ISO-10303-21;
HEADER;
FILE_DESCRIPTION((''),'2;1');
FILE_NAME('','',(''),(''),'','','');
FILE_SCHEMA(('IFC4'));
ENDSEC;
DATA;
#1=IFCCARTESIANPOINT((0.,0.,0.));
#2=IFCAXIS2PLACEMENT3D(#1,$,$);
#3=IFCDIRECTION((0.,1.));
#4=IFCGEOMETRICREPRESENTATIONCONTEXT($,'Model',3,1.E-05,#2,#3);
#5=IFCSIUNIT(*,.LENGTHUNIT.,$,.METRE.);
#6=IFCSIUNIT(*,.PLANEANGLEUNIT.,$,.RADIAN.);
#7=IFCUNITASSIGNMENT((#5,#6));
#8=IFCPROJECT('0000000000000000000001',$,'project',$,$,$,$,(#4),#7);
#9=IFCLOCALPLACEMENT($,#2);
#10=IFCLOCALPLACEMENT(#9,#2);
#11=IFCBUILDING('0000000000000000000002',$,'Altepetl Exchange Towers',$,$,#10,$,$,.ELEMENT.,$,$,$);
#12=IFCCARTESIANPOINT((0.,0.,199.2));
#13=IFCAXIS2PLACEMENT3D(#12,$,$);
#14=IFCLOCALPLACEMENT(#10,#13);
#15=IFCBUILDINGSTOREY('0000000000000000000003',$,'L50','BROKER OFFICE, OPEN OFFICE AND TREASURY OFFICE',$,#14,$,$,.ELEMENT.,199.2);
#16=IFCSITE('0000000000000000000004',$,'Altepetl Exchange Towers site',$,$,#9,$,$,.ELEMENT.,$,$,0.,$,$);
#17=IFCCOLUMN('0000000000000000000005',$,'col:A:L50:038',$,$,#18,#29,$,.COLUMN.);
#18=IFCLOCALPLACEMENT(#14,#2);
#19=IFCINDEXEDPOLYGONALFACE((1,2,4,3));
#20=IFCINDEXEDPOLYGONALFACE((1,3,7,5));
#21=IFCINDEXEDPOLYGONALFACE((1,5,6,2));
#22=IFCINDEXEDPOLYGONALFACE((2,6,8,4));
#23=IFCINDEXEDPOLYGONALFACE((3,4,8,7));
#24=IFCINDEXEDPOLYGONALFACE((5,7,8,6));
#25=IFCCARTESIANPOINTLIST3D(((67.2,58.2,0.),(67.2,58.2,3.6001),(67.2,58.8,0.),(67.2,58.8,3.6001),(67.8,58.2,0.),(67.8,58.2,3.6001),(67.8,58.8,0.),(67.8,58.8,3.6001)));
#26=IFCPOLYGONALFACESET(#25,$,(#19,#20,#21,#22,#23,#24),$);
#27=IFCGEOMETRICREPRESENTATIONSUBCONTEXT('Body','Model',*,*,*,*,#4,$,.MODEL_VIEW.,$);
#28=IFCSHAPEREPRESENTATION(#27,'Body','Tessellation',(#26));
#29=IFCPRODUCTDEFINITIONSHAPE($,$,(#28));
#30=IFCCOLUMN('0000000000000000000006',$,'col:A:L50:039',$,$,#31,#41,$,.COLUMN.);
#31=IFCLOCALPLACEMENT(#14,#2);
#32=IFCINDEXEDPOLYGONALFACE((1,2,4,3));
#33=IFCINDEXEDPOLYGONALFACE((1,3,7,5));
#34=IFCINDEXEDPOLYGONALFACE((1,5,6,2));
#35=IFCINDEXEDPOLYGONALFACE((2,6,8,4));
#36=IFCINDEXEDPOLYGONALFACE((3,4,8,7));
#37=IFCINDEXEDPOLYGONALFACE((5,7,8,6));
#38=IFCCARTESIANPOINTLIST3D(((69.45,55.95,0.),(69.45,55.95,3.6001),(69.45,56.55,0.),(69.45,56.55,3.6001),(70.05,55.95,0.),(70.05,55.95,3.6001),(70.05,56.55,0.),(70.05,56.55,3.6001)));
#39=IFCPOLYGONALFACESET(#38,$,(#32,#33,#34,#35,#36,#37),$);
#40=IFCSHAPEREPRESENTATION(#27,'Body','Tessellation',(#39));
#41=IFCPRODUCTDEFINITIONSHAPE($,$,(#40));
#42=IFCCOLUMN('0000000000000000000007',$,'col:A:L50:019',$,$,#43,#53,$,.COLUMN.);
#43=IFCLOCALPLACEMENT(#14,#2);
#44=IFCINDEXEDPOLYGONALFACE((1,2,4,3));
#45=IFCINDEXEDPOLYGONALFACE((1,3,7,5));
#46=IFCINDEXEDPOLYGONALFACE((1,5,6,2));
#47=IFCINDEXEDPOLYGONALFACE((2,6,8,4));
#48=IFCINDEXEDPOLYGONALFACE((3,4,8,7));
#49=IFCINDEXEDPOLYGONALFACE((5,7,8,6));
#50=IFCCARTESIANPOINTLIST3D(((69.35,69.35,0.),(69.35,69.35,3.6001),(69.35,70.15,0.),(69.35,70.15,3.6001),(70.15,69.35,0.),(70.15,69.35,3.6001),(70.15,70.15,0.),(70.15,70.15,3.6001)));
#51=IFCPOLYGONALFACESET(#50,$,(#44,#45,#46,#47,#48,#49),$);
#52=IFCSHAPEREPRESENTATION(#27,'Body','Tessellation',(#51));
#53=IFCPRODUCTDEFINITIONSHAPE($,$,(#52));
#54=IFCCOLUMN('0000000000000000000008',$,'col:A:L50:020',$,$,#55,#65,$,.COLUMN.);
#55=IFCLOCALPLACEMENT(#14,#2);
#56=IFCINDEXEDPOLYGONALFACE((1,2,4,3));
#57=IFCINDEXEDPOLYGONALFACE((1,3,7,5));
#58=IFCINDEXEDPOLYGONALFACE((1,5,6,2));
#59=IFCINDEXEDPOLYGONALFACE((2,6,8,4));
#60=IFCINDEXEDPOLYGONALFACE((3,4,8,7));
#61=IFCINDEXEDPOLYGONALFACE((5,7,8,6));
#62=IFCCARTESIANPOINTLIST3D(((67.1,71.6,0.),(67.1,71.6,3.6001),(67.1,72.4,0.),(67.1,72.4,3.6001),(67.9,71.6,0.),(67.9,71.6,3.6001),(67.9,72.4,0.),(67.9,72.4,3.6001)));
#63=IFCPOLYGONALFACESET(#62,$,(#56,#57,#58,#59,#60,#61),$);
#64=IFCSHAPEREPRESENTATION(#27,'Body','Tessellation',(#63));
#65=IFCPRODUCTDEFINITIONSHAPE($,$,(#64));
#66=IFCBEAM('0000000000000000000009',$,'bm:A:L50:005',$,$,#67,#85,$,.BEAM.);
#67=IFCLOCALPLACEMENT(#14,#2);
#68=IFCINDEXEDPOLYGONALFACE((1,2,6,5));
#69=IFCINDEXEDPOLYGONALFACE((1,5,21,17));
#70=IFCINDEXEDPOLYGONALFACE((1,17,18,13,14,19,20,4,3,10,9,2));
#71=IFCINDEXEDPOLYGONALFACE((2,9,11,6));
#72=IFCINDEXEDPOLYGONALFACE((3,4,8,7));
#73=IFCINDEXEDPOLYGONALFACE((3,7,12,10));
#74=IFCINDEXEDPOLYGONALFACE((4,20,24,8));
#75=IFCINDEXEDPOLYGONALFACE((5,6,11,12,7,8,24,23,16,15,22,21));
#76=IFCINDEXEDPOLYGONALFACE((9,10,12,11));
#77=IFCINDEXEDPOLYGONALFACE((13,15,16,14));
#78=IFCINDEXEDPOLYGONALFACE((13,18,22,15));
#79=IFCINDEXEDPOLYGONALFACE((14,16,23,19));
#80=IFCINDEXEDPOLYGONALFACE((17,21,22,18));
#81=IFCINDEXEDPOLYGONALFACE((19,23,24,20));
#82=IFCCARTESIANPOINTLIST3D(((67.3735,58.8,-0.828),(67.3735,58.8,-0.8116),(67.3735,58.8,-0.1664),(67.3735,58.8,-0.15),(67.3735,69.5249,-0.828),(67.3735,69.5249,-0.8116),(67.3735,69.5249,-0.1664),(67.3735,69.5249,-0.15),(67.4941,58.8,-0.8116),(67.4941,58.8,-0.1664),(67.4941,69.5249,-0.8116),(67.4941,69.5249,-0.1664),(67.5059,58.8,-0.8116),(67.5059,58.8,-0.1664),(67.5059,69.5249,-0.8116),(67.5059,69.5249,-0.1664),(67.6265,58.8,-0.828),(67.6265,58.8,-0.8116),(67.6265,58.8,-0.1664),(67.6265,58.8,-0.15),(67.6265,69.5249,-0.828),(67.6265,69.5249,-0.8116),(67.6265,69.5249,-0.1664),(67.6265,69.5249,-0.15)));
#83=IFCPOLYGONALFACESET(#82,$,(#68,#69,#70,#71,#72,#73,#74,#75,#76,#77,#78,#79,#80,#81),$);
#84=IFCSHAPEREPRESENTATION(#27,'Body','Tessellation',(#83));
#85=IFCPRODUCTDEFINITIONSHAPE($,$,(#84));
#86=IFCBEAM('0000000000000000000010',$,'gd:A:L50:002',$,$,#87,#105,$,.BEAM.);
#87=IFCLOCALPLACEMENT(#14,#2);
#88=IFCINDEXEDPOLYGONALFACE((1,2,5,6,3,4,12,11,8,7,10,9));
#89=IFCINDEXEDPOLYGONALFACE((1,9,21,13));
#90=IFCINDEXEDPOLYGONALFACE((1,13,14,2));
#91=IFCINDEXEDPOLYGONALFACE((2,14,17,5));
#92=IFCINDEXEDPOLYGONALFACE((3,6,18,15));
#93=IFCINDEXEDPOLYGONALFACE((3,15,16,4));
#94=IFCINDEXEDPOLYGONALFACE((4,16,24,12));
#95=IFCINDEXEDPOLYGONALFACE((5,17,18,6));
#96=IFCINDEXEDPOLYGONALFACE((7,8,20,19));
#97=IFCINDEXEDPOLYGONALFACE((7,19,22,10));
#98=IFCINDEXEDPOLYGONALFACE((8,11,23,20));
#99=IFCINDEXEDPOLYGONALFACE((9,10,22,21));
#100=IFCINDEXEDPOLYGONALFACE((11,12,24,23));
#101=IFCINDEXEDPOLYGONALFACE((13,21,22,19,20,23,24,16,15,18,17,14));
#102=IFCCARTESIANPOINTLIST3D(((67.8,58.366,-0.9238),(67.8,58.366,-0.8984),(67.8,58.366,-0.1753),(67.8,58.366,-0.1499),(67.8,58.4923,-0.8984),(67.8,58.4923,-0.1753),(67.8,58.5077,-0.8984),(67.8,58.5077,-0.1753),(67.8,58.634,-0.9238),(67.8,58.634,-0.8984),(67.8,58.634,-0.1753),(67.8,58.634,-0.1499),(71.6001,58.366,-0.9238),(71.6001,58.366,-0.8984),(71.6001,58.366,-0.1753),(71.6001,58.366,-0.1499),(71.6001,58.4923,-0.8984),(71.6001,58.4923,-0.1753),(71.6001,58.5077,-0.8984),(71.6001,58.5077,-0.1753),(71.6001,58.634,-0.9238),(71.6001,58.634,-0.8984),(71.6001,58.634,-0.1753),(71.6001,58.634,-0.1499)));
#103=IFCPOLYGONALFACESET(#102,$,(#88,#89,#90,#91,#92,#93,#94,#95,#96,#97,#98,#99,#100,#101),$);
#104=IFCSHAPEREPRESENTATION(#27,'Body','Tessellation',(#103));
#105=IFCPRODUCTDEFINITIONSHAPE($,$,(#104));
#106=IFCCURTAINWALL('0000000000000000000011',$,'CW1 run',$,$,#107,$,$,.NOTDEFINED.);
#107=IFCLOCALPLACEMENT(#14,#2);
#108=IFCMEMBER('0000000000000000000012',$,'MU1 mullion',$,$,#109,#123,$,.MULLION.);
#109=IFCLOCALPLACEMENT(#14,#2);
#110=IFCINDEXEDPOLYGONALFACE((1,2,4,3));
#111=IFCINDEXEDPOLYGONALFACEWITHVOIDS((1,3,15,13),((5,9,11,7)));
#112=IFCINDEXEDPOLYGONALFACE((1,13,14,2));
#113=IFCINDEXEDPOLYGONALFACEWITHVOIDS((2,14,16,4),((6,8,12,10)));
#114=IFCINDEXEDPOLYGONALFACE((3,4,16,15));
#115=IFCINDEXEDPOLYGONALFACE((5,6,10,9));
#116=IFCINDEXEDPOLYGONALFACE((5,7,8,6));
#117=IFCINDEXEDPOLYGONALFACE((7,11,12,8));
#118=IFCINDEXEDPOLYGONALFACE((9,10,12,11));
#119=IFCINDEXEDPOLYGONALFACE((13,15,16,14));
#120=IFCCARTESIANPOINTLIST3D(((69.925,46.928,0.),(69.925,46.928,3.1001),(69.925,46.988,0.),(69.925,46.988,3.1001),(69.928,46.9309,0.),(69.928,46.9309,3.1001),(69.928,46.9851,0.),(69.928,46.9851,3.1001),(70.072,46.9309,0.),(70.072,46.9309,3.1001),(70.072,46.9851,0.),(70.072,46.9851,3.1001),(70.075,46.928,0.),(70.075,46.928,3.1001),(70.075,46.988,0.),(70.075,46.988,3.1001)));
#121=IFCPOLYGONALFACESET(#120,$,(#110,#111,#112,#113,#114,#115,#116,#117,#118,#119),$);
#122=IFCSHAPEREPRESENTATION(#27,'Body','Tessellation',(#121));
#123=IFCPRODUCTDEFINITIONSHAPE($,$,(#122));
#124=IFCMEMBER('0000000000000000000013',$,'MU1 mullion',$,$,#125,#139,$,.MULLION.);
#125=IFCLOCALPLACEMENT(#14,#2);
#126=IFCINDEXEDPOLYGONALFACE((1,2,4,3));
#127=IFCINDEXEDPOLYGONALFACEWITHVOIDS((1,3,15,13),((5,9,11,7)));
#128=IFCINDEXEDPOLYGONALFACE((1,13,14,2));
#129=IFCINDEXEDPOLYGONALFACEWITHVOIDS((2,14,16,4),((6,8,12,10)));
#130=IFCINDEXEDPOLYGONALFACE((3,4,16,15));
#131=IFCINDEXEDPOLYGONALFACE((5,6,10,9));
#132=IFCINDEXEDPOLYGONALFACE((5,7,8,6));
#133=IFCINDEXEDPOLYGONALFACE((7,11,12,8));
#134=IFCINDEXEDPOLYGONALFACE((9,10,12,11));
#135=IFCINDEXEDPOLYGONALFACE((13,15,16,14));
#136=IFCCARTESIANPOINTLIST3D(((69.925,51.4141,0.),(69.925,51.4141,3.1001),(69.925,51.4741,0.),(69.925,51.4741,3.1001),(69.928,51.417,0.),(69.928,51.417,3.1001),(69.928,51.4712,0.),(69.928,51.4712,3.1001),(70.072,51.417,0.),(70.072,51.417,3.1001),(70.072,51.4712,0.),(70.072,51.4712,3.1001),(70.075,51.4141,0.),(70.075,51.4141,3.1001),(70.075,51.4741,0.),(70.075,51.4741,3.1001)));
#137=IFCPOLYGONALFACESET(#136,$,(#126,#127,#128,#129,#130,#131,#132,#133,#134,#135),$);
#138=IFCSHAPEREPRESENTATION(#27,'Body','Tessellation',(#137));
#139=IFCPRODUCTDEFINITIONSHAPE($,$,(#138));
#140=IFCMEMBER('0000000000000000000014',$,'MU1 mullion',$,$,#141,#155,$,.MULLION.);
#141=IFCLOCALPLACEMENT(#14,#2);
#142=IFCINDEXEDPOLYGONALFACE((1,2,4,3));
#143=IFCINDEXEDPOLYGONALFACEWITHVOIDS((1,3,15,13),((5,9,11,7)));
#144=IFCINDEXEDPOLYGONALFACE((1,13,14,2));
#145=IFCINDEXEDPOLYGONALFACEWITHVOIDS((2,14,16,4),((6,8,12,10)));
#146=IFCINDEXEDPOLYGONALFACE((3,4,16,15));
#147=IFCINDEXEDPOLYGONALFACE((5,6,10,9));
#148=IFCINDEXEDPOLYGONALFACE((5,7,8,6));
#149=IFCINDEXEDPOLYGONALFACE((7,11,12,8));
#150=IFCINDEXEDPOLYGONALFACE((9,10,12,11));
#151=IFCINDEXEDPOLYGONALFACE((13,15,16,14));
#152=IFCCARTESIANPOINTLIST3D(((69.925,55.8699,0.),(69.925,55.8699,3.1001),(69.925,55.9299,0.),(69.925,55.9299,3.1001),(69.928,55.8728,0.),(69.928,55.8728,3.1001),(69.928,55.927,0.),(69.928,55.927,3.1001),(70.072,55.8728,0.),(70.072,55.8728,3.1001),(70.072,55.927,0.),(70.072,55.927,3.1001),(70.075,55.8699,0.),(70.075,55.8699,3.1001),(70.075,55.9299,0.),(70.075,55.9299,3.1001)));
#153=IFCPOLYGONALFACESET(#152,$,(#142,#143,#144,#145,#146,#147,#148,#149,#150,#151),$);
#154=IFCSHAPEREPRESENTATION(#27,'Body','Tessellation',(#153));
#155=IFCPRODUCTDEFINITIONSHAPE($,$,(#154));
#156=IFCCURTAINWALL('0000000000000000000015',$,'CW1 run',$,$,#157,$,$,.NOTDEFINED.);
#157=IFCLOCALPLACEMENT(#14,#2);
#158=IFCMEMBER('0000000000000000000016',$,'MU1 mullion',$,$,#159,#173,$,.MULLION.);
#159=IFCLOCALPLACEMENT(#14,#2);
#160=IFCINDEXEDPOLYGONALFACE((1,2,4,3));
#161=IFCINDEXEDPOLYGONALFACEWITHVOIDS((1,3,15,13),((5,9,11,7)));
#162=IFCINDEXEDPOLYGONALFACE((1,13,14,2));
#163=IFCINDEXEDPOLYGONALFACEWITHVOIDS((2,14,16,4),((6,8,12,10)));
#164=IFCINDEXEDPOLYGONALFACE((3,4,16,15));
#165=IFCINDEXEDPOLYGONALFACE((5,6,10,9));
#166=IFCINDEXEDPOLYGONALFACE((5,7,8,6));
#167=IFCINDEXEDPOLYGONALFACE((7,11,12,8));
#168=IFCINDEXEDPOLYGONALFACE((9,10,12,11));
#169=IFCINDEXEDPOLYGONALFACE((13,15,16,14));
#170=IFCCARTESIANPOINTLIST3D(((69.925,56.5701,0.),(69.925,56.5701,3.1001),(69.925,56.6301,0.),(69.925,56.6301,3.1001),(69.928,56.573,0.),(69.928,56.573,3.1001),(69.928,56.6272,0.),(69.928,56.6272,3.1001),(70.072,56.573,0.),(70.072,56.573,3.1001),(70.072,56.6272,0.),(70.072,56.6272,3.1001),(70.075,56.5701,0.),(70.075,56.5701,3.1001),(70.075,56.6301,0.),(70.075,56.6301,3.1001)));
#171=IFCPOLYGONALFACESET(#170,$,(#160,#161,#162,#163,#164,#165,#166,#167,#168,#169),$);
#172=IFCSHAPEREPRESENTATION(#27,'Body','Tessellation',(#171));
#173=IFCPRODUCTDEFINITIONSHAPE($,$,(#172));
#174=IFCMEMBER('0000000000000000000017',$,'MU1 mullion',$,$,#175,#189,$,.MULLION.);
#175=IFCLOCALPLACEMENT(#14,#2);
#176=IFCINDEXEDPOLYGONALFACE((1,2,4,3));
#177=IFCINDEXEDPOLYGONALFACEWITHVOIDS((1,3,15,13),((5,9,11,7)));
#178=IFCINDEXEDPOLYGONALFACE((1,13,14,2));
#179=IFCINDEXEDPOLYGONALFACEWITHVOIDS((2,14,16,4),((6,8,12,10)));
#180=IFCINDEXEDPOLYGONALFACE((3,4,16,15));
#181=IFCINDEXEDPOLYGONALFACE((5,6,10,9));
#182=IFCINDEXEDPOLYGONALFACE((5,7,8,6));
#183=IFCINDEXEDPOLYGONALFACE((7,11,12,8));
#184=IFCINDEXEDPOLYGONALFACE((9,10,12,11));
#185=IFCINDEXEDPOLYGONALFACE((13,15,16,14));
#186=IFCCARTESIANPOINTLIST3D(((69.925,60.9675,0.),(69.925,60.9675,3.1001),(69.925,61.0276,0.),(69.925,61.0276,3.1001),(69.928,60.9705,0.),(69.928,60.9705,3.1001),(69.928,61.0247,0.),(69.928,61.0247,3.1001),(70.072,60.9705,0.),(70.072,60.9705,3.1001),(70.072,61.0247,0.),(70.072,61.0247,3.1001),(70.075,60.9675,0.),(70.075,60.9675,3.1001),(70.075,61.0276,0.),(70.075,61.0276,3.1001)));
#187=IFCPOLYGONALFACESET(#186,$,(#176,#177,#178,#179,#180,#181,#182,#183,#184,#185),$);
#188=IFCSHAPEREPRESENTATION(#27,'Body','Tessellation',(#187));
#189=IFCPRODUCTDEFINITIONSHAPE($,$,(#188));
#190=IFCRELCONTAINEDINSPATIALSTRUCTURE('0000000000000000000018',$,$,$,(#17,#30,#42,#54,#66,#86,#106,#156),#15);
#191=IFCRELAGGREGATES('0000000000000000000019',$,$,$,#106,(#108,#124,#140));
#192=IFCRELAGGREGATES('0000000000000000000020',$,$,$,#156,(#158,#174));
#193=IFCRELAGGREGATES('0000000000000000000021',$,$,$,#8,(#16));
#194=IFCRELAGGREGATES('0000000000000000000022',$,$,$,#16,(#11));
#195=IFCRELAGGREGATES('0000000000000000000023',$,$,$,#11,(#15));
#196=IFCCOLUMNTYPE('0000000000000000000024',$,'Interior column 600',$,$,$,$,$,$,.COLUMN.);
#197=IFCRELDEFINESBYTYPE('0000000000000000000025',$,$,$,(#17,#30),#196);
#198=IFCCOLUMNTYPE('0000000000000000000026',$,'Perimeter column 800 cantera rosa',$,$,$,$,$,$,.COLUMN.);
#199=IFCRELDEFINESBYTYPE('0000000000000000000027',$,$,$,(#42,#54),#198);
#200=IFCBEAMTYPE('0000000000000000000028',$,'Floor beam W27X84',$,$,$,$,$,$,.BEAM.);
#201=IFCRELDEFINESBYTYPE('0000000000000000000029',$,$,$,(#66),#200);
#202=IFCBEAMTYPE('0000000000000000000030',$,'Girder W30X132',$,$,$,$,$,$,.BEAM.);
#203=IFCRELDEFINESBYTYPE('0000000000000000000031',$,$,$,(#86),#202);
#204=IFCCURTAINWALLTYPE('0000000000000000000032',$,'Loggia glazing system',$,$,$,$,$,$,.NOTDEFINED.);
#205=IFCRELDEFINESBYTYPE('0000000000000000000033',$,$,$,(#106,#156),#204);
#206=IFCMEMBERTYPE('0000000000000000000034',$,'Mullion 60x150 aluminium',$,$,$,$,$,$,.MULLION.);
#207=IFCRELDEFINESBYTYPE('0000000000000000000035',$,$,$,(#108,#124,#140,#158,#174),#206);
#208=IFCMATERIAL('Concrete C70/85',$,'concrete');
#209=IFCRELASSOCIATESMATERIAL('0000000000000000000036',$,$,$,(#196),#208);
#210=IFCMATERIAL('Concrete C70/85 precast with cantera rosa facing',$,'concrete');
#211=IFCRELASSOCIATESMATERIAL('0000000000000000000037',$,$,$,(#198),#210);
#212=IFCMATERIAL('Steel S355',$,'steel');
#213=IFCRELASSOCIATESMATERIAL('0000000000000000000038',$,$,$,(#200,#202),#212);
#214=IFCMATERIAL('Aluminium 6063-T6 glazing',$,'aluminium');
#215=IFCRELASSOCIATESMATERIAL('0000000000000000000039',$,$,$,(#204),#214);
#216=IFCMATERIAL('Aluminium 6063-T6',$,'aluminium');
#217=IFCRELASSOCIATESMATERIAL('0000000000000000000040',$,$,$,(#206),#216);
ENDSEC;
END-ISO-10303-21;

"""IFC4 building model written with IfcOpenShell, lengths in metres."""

from ifc_helpers import new_model, si_unit, direction, frame, origin, origin_2d, place, context, subcontext, project, spatial, rectangle, hollow_rectangle, i_section, extrude, material, material_profile, profile_set, type_object, element, aggregate, save


model = new_model("IFC4")

# Units and contexts
model_context = context("Model", 3, precision=1e-05, world=origin(), true_north=direction((0.0, 1.0)))
body_context = subcontext(model_context, "Body", "Model", "MODEL_VIEW")
ifc_project = project(units=[si_unit("LENGTHUNIT", "METRE"), si_unit("PLANEANGLEUNIT", "RADIAN")], contexts=[model_context])

# Site, building, storey
site_placement = place(None, origin())
site = spatial("IfcSite", under=ifc_project, at=site_placement, Name="Altepetl Exchange Towers site", CompositionType="ELEMENT", RefElevation=0.0)
building_placement = place(site_placement, origin())
building = spatial("IfcBuilding", under=site, at=building_placement, Name="Altepetl Exchange Towers", CompositionType="ELEMENT")
storey_placement = place(building_placement, frame((0.0, 0.0, 199.2)))
storey = spatial("IfcBuildingStorey", under=building, at=storey_placement, Name="L50", Description="BROKER OFFICE, OPEN OFFICE AND TREASURY OFFICE", CompositionType="ELEMENT", Elevation=199.2)

# Columns
ifc_material_1 = material(Name="Concrete C70/85", Category="concrete")
ifc_material_profile_1 = material_profile(ifc_material_1, rectangle(XDim=0.6001, YDim=0.6001, at=origin_2d()), Name="600 x 600")
ifc_profile_set_1 = profile_set([ifc_material_profile_1], Name="Concrete C70/85")
column_type_1 = type_object("IfcColumnType", Name="Interior column 600", PredefinedType="COLUMN", material=ifc_profile_set_1)
for number, where, name in (
    (1, (67.5, 58.5, 0.0), "col:A:L50:038"),
    (2, (69.75, 56.25, 0.0), "col:A:L50:039"),
):
    element("IfcColumn", number, at=place(storey_placement, frame(where)), inside=storey, type_object=column_type_1, Name=name, PredefinedType="COLUMN", context=body_context, shape_type="SweptSolid", body=[
        extrude(rectangle(XDim=0.6001, YDim=0.6001, at=origin_2d()), origin(), (0.0, 0.0, 1.0), 3.6001),
    ])
ifc_material_2 = material(Name="Concrete C70/85 precast with cantera rosa facing", Category="concrete")
ifc_material_profile_2 = material_profile(ifc_material_2, rectangle(XDim=0.8, YDim=0.8, at=origin_2d()), Name="800 x 800")
ifc_profile_set_2 = profile_set([ifc_material_profile_2], Name="Concrete C70/85 precast with cantera rosa facing")
column_type_2 = type_object("IfcColumnType", Name="Perimeter column 800 cantera rosa", PredefinedType="COLUMN", material=ifc_profile_set_2)
for number, where, name in (
    (3, (69.75, 69.75, 0.0), "col:A:L50:019"),
    (4, (67.5, 72.0, 0.0), "col:A:L50:020"),
):
    element("IfcColumn", number, at=place(storey_placement, frame(where)), inside=storey, type_object=column_type_2, Name=name, PredefinedType="COLUMN", context=body_context, shape_type="SweptSolid", body=[
        extrude(rectangle(XDim=0.8, YDim=0.8, at=origin_2d()), origin(), (0.0, 0.0, 1.0), 3.6001),
    ])

# Beams
ifc_material_3 = material(Name="Steel S355", Category="steel")
ifc_material_profile_3 = material_profile(ifc_material_3, i_section(OverallWidth=0.2529, OverallDepth=0.678, WebThickness=0.0117, FlangeThickness=0.0164, at=origin_2d()), Name="W27X84")
ifc_profile_set_3 = profile_set([ifc_material_profile_3], Name="Steel S355")
beam_type_1 = type_object("IfcBeamType", Name="Floor beam W27X84", PredefinedType="BEAM", material=ifc_profile_set_3)
beam_1_placement = place(storey_placement, frame((67.5, 58.8, -0.489), z_axis=(0.0, 1.0, 0.0), x_axis=(-1.0, 0.0, 0.0)))
element("IfcBeam", 5, at=beam_1_placement, inside=storey, type_object=beam_type_1, Name="bm:A:L50:005", PredefinedType="BEAM", context=body_context, shape_type="SweptSolid", body=[
    extrude(i_section(OverallWidth=0.2529, OverallDepth=0.678, WebThickness=0.0117, FlangeThickness=0.0164, at=origin_2d()), origin(), (0.0, 0.0, 1.0), 10.7249),
])
ifc_material_profile_4 = material_profile(ifc_material_3, i_section(OverallWidth=0.2681, OverallDepth=0.7739, WebThickness=0.0154, FlangeThickness=0.0254, at=origin_2d()), Name="W30X132")
ifc_profile_set_4 = profile_set([ifc_material_profile_4], Name="Steel S355")
beam_type_2 = type_object("IfcBeamType", Name="Girder W30X132", PredefinedType="BEAM", material=ifc_profile_set_4)
beam_2_placement = place(storey_placement, frame((67.8, 58.5, -0.5369), z_axis=(1.0, 0.0, 0.0), x_axis=(0.0, 1.0, 0.0)))
element("IfcBeam", 6, at=beam_2_placement, inside=storey, type_object=beam_type_2, Name="gd:A:L50:002", PredefinedType="BEAM", context=body_context, shape_type="SweptSolid", body=[
    extrude(i_section(OverallWidth=0.2681, OverallDepth=0.7739, WebThickness=0.0154, FlangeThickness=0.0254, at=origin_2d()), origin(), (0.0, 0.0, 1.0), 3.8),
])

# Curtain walls, members
ifc_material_4 = material(Name="Aluminium 6063-T6 glazing", Category="aluminium")
curtain_wall_type = type_object("IfcCurtainWallType", Name="Loggia glazing system", PredefinedType="NOTDEFINED", material=ifc_material_4)
curtain_wall_1_placement = place(storey_placement, origin())
curtain_wall_1 = element("IfcCurtainWall", 7, at=curtain_wall_1_placement, inside=storey, type_object=curtain_wall_type, Name="CW1 run", PredefinedType="NOTDEFINED")
ifc_material_5 = material(Name="Aluminium 6063-T6", Category="aluminium")
ifc_material_profile_5 = material_profile(ifc_material_5, hollow_rectangle(XDim=0.0601, YDim=0.1499, WallThickness=0.0029, at=origin_2d()), Name="Mullion 60x150 aluminium")
ifc_profile_set_5 = profile_set([ifc_material_profile_5], Name="Aluminium 6063-T6")
member_type = type_object("IfcMemberType", Name="Mullion 60x150 aluminium", PredefinedType="MULLION", material=ifc_profile_set_5)
member_1_placement = place(storey_placement, frame((70.0, 46.958, 0.0), z_axis=(0.0, 0.0, 1.0), x_axis=(0.0, 1.0, 0.0)))
member_1 = element("IfcMember", 8, at=member_1_placement, type_object=member_type, Name="MU1 mullion", PredefinedType="MULLION", context=body_context, shape_type="SweptSolid", body=[
    extrude(hollow_rectangle(XDim=0.0601, YDim=0.1499, WallThickness=0.0029, at=origin_2d()), origin(), (0.0, 0.0, 1.0), 3.1001),
])
member_2_placement = place(storey_placement, frame((70.0, 51.4441, 0.0), z_axis=(0.0, 0.0, 1.0), x_axis=(0.0, 1.0, 0.0)))
member_2 = element("IfcMember", 9, at=member_2_placement, type_object=member_type, Name="MU1 mullion", PredefinedType="MULLION", context=body_context, shape_type="SweptSolid", body=[
    extrude(hollow_rectangle(XDim=0.0601, YDim=0.1499, WallThickness=0.0029, at=origin_2d()), origin(), (0.0, 0.0, 1.0), 3.1001),
])
member_3_placement = place(storey_placement, frame((70.0, 55.8999, 0.0), z_axis=(0.0, 0.0, 1.0), x_axis=(0.0, 1.0, 0.0)))
member_3 = element("IfcMember", 10, at=member_3_placement, type_object=member_type, Name="MU1 mullion", PredefinedType="MULLION", context=body_context, shape_type="SweptSolid", body=[
    extrude(hollow_rectangle(XDim=0.0601, YDim=0.1499, WallThickness=0.0029, at=origin_2d()), origin(), (0.0, 0.0, 1.0), 3.1001),
])
curtain_wall_2_placement = place(storey_placement, origin())
curtain_wall_2 = element("IfcCurtainWall", 11, at=curtain_wall_2_placement, inside=storey, type_object=curtain_wall_type, Name="CW1 run", PredefinedType="NOTDEFINED")
member_4_placement = place(storey_placement, frame((70.0, 56.6001, 0.0), z_axis=(0.0, 0.0, 1.0), x_axis=(0.0, 1.0, 0.0)))
member_4 = element("IfcMember", 12, at=member_4_placement, type_object=member_type, Name="MU1 mullion", PredefinedType="MULLION", context=body_context, shape_type="SweptSolid", body=[
    extrude(hollow_rectangle(XDim=0.0601, YDim=0.1499, WallThickness=0.0029, at=origin_2d()), origin(), (0.0, 0.0, 1.0), 3.1001),
])
member_5_placement = place(storey_placement, frame((70.0, 60.9976, 0.0), z_axis=(0.0, 0.0, 1.0), x_axis=(0.0, 1.0, 0.0)))
member_5 = element("IfcMember", 13, at=member_5_placement, type_object=member_type, Name="MU1 mullion", PredefinedType="MULLION", context=body_context, shape_type="SweptSolid", body=[
    extrude(hollow_rectangle(XDim=0.0601, YDim=0.1499, WallThickness=0.0029, at=origin_2d()), origin(), (0.0, 0.0, 1.0), 3.1001),
])

aggregate(curtain_wall_1, [member_1, member_2, member_3])
aggregate(curtain_wall_2, [member_4, member_5])

save(model, "model.ifc")
